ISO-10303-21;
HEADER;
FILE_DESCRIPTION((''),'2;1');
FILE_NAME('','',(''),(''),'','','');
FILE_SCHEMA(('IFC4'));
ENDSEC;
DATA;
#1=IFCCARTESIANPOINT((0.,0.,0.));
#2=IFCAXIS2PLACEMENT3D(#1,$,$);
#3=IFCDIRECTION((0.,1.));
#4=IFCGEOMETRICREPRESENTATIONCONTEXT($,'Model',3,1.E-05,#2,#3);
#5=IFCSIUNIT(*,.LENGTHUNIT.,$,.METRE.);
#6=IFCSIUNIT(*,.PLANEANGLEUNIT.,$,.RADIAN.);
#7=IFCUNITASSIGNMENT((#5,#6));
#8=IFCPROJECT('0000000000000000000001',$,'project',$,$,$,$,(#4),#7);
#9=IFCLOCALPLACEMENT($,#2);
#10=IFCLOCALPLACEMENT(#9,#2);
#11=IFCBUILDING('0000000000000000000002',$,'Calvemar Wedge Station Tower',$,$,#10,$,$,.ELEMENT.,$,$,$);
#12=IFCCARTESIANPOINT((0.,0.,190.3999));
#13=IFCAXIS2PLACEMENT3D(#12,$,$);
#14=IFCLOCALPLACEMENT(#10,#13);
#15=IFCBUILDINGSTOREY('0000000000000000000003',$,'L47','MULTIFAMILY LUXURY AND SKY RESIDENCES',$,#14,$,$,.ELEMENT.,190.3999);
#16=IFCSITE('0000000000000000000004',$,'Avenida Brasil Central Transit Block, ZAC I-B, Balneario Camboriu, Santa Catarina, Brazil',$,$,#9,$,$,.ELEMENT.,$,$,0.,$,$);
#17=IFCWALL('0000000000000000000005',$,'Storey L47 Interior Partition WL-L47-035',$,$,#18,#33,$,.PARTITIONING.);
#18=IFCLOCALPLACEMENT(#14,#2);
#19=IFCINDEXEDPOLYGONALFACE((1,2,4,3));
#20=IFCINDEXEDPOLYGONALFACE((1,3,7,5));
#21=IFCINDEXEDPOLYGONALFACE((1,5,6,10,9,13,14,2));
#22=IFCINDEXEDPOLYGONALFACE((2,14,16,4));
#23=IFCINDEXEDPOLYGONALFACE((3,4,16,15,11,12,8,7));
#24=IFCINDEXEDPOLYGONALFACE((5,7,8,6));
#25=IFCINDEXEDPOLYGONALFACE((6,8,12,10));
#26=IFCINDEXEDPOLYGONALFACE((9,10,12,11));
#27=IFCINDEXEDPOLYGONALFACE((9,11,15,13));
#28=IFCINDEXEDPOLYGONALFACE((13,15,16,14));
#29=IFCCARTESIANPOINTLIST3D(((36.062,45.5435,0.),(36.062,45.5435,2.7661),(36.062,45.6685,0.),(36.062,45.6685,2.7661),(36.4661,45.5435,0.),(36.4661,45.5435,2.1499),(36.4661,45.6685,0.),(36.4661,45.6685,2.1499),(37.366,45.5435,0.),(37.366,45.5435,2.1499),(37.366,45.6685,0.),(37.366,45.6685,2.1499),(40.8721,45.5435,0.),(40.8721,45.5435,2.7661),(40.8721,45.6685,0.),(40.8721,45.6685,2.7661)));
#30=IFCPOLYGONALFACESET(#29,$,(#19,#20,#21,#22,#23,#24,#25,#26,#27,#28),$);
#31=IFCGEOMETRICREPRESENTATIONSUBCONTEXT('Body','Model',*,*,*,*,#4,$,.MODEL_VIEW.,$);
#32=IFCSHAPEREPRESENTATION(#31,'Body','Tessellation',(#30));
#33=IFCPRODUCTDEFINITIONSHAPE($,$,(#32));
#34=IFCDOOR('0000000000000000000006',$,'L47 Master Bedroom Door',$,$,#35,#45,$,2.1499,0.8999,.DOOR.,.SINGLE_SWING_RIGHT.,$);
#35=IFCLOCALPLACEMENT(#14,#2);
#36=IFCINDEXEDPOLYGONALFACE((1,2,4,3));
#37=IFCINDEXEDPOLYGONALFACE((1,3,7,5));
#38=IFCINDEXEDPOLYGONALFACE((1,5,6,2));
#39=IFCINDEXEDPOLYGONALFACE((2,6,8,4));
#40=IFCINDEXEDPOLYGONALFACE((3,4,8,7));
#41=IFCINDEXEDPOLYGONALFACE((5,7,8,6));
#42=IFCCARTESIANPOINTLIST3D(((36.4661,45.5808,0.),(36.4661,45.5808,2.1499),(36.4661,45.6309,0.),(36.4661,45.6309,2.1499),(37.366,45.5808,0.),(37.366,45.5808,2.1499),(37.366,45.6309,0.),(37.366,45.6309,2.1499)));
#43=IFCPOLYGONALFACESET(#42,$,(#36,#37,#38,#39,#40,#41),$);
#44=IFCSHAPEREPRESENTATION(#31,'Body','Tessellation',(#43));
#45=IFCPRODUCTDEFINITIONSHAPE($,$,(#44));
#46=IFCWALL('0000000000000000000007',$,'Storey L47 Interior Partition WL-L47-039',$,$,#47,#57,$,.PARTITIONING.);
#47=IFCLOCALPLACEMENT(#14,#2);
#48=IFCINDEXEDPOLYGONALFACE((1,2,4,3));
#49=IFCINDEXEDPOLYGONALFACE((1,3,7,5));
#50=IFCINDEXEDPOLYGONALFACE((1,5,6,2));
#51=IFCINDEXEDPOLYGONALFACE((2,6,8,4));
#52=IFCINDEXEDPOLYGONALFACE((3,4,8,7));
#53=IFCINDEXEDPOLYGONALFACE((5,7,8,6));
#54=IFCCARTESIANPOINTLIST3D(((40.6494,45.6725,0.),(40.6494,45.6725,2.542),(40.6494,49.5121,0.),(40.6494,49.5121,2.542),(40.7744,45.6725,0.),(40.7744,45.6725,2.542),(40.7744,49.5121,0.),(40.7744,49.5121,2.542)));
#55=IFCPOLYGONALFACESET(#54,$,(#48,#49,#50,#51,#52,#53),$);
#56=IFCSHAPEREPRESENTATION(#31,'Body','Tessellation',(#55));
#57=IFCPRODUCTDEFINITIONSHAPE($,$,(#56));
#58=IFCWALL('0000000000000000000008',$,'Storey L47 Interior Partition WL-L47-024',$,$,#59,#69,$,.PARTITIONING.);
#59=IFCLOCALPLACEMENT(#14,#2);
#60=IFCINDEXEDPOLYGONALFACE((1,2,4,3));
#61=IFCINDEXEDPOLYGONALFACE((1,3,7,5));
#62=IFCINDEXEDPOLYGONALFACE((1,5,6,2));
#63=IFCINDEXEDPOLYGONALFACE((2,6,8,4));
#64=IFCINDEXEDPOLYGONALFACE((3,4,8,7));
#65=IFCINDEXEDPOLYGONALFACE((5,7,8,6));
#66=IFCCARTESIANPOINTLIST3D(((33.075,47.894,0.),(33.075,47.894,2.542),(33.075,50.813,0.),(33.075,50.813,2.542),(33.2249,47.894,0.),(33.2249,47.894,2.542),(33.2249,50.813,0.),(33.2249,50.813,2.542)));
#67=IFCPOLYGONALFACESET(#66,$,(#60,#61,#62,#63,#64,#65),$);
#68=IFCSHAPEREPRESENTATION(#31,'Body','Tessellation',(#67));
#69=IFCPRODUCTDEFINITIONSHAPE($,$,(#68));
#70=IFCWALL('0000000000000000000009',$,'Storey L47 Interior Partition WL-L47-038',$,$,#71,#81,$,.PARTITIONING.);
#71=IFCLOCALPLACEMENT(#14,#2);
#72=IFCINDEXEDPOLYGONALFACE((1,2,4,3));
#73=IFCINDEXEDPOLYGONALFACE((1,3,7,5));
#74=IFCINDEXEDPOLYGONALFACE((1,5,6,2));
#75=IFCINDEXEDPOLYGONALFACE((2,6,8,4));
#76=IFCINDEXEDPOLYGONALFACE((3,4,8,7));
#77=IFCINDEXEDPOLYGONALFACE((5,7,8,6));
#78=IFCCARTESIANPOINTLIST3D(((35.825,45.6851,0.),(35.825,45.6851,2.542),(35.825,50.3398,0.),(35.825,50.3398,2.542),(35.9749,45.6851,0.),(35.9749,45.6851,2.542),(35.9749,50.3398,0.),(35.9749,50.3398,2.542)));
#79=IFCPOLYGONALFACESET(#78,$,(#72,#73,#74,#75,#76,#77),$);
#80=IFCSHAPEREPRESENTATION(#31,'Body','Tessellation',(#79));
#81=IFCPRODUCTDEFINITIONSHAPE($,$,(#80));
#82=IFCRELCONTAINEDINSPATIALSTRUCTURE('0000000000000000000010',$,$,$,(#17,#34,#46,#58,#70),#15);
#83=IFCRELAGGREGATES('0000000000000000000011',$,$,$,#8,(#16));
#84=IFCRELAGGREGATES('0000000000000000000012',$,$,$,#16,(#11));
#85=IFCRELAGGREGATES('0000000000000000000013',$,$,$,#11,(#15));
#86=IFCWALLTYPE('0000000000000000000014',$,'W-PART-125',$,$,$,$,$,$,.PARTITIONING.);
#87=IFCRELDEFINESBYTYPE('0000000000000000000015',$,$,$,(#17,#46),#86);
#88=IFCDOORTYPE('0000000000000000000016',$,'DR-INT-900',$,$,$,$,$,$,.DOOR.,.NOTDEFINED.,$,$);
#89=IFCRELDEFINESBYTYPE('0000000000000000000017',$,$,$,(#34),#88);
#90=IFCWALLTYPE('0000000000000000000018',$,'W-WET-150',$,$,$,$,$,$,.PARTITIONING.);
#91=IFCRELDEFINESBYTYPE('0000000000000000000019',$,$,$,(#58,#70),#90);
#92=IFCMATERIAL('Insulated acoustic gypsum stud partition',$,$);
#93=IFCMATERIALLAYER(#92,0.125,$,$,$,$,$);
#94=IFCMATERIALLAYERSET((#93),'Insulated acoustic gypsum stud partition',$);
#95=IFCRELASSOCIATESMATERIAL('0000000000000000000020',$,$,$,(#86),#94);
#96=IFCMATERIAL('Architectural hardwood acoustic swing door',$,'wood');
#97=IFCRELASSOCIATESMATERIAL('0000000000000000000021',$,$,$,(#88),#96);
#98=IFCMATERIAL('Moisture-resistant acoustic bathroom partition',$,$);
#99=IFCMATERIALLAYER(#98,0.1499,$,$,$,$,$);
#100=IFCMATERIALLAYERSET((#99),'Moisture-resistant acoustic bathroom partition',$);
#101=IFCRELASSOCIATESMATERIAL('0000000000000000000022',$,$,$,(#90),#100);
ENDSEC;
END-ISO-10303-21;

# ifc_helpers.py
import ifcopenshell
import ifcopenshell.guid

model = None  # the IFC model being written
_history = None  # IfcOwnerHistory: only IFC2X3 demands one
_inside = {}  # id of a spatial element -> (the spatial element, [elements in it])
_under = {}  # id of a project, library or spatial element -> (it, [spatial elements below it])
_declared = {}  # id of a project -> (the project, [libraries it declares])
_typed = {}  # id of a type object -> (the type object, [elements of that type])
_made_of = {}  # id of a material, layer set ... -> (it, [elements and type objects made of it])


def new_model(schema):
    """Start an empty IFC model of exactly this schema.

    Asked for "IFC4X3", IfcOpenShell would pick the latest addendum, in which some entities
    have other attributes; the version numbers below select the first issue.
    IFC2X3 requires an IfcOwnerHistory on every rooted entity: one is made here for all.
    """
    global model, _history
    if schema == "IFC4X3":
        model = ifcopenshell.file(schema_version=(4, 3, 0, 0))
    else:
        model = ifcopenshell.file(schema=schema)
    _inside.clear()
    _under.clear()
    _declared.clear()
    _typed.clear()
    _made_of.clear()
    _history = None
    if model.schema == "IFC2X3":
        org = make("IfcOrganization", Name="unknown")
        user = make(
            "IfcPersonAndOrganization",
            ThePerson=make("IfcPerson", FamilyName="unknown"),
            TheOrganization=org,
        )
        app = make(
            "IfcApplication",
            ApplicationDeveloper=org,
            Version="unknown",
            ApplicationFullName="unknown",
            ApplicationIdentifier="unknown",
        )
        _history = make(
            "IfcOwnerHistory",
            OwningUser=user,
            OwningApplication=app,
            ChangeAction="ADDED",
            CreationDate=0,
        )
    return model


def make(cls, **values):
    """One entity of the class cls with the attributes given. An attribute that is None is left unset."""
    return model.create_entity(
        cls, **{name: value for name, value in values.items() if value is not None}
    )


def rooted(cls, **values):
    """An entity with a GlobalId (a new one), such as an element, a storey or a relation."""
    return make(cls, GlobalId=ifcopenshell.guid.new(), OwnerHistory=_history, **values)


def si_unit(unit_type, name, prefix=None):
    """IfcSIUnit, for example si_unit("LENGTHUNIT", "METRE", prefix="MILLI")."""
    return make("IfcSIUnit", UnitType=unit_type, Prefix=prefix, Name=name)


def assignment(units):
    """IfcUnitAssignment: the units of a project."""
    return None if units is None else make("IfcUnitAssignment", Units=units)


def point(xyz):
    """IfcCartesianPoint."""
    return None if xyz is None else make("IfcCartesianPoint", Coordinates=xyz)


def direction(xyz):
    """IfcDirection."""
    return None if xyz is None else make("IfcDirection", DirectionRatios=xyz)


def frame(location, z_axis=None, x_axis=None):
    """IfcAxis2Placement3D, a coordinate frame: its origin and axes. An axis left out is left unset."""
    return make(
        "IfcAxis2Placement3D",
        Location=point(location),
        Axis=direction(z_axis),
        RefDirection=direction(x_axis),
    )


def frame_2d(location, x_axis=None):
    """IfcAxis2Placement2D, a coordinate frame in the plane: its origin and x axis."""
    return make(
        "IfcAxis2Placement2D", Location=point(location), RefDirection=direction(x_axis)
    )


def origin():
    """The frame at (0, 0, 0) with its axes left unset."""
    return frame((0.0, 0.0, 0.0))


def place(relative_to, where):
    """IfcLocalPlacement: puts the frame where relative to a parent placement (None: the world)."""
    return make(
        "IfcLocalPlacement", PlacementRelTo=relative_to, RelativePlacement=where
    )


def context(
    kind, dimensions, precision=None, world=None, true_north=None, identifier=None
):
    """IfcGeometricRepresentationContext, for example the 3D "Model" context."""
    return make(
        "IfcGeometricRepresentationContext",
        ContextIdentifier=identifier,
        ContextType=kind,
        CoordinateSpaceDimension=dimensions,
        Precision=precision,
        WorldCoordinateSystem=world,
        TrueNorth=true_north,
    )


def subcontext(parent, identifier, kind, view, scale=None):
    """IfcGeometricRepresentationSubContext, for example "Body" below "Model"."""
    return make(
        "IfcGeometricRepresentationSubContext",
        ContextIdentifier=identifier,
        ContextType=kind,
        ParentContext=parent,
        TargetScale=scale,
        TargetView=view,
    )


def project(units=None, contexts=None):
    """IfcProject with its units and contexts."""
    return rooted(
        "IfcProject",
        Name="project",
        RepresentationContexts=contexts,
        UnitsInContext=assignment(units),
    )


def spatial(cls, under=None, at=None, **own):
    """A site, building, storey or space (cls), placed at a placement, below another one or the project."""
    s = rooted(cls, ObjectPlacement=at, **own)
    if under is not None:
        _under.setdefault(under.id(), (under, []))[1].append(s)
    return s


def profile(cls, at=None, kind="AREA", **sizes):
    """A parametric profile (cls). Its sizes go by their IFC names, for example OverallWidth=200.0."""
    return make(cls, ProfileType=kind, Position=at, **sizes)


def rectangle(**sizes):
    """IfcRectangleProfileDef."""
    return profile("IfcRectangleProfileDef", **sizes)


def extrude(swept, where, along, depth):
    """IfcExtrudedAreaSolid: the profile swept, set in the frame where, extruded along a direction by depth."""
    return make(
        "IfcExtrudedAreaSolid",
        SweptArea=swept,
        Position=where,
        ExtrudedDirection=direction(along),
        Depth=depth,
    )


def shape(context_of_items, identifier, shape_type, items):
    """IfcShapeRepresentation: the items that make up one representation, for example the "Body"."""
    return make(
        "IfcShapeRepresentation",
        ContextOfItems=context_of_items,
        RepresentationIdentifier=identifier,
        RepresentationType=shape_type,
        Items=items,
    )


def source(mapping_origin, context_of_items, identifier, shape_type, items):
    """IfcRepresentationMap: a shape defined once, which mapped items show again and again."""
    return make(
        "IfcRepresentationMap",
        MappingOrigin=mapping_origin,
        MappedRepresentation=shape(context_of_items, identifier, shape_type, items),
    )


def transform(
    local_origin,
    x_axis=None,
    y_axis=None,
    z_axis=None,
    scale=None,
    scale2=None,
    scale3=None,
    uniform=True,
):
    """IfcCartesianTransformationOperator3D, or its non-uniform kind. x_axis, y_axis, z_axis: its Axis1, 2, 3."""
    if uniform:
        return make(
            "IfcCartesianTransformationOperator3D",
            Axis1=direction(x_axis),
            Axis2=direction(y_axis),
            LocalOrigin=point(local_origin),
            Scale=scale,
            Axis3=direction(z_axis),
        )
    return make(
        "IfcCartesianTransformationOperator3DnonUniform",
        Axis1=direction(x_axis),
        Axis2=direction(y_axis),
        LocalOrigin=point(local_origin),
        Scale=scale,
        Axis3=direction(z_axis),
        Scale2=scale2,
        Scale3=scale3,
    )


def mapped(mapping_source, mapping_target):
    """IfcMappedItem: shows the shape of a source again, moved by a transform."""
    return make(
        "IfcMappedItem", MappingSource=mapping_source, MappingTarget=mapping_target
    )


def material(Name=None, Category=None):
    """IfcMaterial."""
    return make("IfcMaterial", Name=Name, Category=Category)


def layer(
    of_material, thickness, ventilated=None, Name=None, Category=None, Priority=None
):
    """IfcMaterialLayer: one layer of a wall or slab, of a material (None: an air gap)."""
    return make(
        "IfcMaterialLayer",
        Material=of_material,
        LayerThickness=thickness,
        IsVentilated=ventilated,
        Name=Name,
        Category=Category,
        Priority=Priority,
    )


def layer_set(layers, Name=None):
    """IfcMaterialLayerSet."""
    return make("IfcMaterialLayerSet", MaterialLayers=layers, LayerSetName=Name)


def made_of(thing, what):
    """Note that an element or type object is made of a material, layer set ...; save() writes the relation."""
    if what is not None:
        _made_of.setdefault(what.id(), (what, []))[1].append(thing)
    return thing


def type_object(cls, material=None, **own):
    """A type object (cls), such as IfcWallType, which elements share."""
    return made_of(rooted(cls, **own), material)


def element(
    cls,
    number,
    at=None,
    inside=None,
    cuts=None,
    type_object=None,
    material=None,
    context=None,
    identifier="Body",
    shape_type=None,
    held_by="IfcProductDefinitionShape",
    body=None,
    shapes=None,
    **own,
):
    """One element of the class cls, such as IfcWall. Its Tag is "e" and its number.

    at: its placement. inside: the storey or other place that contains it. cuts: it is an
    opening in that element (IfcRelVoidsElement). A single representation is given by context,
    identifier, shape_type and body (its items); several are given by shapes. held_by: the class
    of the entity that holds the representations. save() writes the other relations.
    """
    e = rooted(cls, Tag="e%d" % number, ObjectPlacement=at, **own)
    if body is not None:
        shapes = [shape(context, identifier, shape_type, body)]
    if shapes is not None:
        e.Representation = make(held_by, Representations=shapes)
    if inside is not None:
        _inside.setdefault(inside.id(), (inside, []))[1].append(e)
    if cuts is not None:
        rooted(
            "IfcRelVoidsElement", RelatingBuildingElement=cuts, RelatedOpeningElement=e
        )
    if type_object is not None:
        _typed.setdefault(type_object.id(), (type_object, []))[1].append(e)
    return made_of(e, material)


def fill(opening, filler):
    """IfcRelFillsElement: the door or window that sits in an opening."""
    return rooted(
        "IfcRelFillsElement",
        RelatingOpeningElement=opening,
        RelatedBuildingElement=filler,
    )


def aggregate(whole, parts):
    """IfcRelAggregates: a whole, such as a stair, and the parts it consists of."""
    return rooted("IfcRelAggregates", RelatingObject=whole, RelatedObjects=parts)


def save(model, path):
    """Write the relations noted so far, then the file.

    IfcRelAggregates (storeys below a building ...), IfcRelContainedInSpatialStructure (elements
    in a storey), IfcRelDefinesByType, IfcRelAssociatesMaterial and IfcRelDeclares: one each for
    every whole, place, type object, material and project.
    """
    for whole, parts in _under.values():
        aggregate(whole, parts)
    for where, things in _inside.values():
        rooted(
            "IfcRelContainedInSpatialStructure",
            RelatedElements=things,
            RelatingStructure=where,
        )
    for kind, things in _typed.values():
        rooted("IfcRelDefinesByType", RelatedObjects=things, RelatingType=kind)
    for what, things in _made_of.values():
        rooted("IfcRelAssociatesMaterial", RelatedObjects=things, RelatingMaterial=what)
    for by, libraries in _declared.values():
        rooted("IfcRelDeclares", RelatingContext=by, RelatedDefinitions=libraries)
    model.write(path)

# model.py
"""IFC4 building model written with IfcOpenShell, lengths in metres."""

from ifc_helpers import new_model, si_unit, direction, frame, frame_2d, origin, place, context, subcontext, project, spatial, rectangle, extrude, source, transform, mapped, material, layer, layer_set, type_object, element, fill, save


model = new_model("IFC4")

# Units and contexts
model_context = context("Model", 3, precision=1e-05, world=origin(), true_north=direction((0.0, 1.0)))
body_context = subcontext(model_context, "Body", "Model", "MODEL_VIEW")
ifc_project = project(units=[si_unit("LENGTHUNIT", "METRE"), si_unit("PLANEANGLEUNIT", "RADIAN")], contexts=[model_context])

# Site, building, storey
site_placement = place(None, origin())
site = spatial("IfcSite", under=ifc_project, at=site_placement, Name="Avenida Brasil Central Transit Block, ZAC I-B, Balneario Camboriu, Santa Catarina, Brazil", CompositionType="ELEMENT", RefElevation=0.0)
building_placement = place(site_placement, origin())
building = spatial("IfcBuilding", under=site, at=building_placement, Name="Calvemar Wedge Station Tower", CompositionType="ELEMENT")
storey_placement = place(building_placement, frame((0.0, 0.0, 190.3999)))
storey = spatial("IfcBuildingStorey", under=building, at=storey_placement, Name="L47", Description="MULTIFAMILY LUXURY AND SKY RESIDENCES", CompositionType="ELEMENT", Elevation=190.3999)

# Wall, opening, door
ifc_material_1 = material(Name="Insulated acoustic gypsum stud partition")
ifc_layer_1 = layer(ifc_material_1, 0.125)
ifc_layer_set_1 = layer_set([ifc_layer_1], Name="Insulated acoustic gypsum stud partition")
wall_type_1 = type_object("IfcWallType", Name="W-PART-125", PredefinedType="PARTITIONING", material=ifc_layer_set_1)
wall_1_placement = place(storey_placement, frame((36.062, 45.606, 0.0), z_axis=(0.0, 0.0, 1.0), x_axis=(1.0, 0.0, 0.0)))
wall_1 = element("IfcWall", 1, at=wall_1_placement, inside=storey, type_object=wall_type_1, Name="Storey L47 Interior Partition WL-L47-035", PredefinedType="PARTITIONING", context=body_context, shape_type="SweptSolid", body=[
    extrude(rectangle(XDim=4.8101, YDim=0.125, at=frame_2d((2.405, 0.0))), origin(), (0.0, 0.0, 1.0), 2.7661),
])
shared_shape_1 = source(origin(), body_context, "Body", "SweptSolid", [
    extrude(rectangle(XDim=0.8999, YDim=2.1499, at=frame_2d((0.45, 1.075))), frame((0.0, 0.0725, 0.0), z_axis=(0.0, -1.0, 0.0), x_axis=(1.0, 0.0, 0.0)), (0.0, 0.0, 1.0), 0.145),
])
opening_1_placement = place(wall_1_placement, frame((0.4041, 0.0, 0.0)))
opening_1 = element("IfcOpeningElement", 2, at=opening_1_placement, cuts=wall_1, PredefinedType="OPENING", context=body_context, shape_type="MappedRepresentation", body=[
    mapped(shared_shape_1, transform((0.0, 0.0, 0.0), scale=1.0)),
])
ifc_material_2 = material(Name="Architectural hardwood acoustic swing door", Category="wood")
door_type_1 = type_object("IfcDoorType", Name="DR-INT-900", OperationType="NOTDEFINED", PredefinedType="DOOR", material=ifc_material_2)
shared_shape_2 = source(origin(), body_context, "Body", "SweptSolid", [
    extrude(rectangle(XDim=0.8999, YDim=2.1499, at=frame_2d((0.45, 1.075))), frame((0.0, 0.0249, 0.0), z_axis=(0.0, -1.0, 0.0), x_axis=(1.0, 0.0, 0.0)), (0.0, 0.0, 1.0), 0.05),
])
door_1_placement = place(opening_1_placement, origin())
door_1 = element("IfcDoor", 3, at=door_1_placement, inside=storey, type_object=door_type_1, Name="L47 Master Bedroom Door", OperationType="SINGLE_SWING_RIGHT", OverallHeight=2.1499, OverallWidth=0.8999, PredefinedType="DOOR", context=body_context, shape_type="MappedRepresentation", body=[
    mapped(shared_shape_2, transform((0.0, 0.0, 0.0), scale=1.0)),
])
fill(opening_1, door_1)

# Walls
wall_2_placement = place(storey_placement, frame((40.7119, 49.5122, 0.0), z_axis=(0.0, 0.0, 1.0), x_axis=(0.0, -1.0, 0.0)))
element("IfcWall", 4, at=wall_2_placement, inside=storey, type_object=wall_type_1, Name="Storey L47 Interior Partition WL-L47-039", PredefinedType="PARTITIONING", context=body_context, shape_type="SweptSolid", body=[
    extrude(rectangle(XDim=3.8396, YDim=0.125, at=frame_2d((1.9199, 0.0))), origin(), (0.0, 0.0, 1.0), 2.542),
])
ifc_material_3 = material(Name="Moisture-resistant acoustic bathroom partition")
ifc_layer_2 = layer(ifc_material_3, 0.1499)
ifc_layer_set_2 = layer_set([ifc_layer_2], Name="Moisture-resistant acoustic bathroom partition")
wall_type_2 = type_object("IfcWallType", Name="W-WET-150", PredefinedType="PARTITIONING", material=ifc_layer_set_2)
wall_3_placement = place(storey_placement, frame((33.1499, 50.813, 0.0), z_axis=(0.0, 0.0, 1.0), x_axis=(0.0, -1.0, 0.0)))
element("IfcWall", 5, at=wall_3_placement, inside=storey, type_object=wall_type_2, Name="Storey L47 Interior Partition WL-L47-024", PredefinedType="PARTITIONING", context=body_context, shape_type="SweptSolid", body=[
    extrude(rectangle(XDim=2.9189, YDim=0.1499, at=frame_2d((1.4595, 0.0))), origin(), (0.0, 0.0, 1.0), 2.542),
])

# Wall
wall_4_placement = place(storey_placement, frame((35.8999, 50.3398, 0.0), z_axis=(0.0, 0.0, 1.0), x_axis=(0.0, -1.0, 0.0)))
element("IfcWall", 6, at=wall_4_placement, inside=storey, type_object=wall_type_2, Name="Storey L47 Interior Partition WL-L47-038", PredefinedType="PARTITIONING", context=body_context, shape_type="SweptSolid", body=[
    extrude(rectangle(XDim=4.6548, YDim=0.1499, at=frame_2d((2.3274, 0.0))), origin(), (0.0, 0.0, 1.0), 2.542),
])

save(model, "model.ifc")
